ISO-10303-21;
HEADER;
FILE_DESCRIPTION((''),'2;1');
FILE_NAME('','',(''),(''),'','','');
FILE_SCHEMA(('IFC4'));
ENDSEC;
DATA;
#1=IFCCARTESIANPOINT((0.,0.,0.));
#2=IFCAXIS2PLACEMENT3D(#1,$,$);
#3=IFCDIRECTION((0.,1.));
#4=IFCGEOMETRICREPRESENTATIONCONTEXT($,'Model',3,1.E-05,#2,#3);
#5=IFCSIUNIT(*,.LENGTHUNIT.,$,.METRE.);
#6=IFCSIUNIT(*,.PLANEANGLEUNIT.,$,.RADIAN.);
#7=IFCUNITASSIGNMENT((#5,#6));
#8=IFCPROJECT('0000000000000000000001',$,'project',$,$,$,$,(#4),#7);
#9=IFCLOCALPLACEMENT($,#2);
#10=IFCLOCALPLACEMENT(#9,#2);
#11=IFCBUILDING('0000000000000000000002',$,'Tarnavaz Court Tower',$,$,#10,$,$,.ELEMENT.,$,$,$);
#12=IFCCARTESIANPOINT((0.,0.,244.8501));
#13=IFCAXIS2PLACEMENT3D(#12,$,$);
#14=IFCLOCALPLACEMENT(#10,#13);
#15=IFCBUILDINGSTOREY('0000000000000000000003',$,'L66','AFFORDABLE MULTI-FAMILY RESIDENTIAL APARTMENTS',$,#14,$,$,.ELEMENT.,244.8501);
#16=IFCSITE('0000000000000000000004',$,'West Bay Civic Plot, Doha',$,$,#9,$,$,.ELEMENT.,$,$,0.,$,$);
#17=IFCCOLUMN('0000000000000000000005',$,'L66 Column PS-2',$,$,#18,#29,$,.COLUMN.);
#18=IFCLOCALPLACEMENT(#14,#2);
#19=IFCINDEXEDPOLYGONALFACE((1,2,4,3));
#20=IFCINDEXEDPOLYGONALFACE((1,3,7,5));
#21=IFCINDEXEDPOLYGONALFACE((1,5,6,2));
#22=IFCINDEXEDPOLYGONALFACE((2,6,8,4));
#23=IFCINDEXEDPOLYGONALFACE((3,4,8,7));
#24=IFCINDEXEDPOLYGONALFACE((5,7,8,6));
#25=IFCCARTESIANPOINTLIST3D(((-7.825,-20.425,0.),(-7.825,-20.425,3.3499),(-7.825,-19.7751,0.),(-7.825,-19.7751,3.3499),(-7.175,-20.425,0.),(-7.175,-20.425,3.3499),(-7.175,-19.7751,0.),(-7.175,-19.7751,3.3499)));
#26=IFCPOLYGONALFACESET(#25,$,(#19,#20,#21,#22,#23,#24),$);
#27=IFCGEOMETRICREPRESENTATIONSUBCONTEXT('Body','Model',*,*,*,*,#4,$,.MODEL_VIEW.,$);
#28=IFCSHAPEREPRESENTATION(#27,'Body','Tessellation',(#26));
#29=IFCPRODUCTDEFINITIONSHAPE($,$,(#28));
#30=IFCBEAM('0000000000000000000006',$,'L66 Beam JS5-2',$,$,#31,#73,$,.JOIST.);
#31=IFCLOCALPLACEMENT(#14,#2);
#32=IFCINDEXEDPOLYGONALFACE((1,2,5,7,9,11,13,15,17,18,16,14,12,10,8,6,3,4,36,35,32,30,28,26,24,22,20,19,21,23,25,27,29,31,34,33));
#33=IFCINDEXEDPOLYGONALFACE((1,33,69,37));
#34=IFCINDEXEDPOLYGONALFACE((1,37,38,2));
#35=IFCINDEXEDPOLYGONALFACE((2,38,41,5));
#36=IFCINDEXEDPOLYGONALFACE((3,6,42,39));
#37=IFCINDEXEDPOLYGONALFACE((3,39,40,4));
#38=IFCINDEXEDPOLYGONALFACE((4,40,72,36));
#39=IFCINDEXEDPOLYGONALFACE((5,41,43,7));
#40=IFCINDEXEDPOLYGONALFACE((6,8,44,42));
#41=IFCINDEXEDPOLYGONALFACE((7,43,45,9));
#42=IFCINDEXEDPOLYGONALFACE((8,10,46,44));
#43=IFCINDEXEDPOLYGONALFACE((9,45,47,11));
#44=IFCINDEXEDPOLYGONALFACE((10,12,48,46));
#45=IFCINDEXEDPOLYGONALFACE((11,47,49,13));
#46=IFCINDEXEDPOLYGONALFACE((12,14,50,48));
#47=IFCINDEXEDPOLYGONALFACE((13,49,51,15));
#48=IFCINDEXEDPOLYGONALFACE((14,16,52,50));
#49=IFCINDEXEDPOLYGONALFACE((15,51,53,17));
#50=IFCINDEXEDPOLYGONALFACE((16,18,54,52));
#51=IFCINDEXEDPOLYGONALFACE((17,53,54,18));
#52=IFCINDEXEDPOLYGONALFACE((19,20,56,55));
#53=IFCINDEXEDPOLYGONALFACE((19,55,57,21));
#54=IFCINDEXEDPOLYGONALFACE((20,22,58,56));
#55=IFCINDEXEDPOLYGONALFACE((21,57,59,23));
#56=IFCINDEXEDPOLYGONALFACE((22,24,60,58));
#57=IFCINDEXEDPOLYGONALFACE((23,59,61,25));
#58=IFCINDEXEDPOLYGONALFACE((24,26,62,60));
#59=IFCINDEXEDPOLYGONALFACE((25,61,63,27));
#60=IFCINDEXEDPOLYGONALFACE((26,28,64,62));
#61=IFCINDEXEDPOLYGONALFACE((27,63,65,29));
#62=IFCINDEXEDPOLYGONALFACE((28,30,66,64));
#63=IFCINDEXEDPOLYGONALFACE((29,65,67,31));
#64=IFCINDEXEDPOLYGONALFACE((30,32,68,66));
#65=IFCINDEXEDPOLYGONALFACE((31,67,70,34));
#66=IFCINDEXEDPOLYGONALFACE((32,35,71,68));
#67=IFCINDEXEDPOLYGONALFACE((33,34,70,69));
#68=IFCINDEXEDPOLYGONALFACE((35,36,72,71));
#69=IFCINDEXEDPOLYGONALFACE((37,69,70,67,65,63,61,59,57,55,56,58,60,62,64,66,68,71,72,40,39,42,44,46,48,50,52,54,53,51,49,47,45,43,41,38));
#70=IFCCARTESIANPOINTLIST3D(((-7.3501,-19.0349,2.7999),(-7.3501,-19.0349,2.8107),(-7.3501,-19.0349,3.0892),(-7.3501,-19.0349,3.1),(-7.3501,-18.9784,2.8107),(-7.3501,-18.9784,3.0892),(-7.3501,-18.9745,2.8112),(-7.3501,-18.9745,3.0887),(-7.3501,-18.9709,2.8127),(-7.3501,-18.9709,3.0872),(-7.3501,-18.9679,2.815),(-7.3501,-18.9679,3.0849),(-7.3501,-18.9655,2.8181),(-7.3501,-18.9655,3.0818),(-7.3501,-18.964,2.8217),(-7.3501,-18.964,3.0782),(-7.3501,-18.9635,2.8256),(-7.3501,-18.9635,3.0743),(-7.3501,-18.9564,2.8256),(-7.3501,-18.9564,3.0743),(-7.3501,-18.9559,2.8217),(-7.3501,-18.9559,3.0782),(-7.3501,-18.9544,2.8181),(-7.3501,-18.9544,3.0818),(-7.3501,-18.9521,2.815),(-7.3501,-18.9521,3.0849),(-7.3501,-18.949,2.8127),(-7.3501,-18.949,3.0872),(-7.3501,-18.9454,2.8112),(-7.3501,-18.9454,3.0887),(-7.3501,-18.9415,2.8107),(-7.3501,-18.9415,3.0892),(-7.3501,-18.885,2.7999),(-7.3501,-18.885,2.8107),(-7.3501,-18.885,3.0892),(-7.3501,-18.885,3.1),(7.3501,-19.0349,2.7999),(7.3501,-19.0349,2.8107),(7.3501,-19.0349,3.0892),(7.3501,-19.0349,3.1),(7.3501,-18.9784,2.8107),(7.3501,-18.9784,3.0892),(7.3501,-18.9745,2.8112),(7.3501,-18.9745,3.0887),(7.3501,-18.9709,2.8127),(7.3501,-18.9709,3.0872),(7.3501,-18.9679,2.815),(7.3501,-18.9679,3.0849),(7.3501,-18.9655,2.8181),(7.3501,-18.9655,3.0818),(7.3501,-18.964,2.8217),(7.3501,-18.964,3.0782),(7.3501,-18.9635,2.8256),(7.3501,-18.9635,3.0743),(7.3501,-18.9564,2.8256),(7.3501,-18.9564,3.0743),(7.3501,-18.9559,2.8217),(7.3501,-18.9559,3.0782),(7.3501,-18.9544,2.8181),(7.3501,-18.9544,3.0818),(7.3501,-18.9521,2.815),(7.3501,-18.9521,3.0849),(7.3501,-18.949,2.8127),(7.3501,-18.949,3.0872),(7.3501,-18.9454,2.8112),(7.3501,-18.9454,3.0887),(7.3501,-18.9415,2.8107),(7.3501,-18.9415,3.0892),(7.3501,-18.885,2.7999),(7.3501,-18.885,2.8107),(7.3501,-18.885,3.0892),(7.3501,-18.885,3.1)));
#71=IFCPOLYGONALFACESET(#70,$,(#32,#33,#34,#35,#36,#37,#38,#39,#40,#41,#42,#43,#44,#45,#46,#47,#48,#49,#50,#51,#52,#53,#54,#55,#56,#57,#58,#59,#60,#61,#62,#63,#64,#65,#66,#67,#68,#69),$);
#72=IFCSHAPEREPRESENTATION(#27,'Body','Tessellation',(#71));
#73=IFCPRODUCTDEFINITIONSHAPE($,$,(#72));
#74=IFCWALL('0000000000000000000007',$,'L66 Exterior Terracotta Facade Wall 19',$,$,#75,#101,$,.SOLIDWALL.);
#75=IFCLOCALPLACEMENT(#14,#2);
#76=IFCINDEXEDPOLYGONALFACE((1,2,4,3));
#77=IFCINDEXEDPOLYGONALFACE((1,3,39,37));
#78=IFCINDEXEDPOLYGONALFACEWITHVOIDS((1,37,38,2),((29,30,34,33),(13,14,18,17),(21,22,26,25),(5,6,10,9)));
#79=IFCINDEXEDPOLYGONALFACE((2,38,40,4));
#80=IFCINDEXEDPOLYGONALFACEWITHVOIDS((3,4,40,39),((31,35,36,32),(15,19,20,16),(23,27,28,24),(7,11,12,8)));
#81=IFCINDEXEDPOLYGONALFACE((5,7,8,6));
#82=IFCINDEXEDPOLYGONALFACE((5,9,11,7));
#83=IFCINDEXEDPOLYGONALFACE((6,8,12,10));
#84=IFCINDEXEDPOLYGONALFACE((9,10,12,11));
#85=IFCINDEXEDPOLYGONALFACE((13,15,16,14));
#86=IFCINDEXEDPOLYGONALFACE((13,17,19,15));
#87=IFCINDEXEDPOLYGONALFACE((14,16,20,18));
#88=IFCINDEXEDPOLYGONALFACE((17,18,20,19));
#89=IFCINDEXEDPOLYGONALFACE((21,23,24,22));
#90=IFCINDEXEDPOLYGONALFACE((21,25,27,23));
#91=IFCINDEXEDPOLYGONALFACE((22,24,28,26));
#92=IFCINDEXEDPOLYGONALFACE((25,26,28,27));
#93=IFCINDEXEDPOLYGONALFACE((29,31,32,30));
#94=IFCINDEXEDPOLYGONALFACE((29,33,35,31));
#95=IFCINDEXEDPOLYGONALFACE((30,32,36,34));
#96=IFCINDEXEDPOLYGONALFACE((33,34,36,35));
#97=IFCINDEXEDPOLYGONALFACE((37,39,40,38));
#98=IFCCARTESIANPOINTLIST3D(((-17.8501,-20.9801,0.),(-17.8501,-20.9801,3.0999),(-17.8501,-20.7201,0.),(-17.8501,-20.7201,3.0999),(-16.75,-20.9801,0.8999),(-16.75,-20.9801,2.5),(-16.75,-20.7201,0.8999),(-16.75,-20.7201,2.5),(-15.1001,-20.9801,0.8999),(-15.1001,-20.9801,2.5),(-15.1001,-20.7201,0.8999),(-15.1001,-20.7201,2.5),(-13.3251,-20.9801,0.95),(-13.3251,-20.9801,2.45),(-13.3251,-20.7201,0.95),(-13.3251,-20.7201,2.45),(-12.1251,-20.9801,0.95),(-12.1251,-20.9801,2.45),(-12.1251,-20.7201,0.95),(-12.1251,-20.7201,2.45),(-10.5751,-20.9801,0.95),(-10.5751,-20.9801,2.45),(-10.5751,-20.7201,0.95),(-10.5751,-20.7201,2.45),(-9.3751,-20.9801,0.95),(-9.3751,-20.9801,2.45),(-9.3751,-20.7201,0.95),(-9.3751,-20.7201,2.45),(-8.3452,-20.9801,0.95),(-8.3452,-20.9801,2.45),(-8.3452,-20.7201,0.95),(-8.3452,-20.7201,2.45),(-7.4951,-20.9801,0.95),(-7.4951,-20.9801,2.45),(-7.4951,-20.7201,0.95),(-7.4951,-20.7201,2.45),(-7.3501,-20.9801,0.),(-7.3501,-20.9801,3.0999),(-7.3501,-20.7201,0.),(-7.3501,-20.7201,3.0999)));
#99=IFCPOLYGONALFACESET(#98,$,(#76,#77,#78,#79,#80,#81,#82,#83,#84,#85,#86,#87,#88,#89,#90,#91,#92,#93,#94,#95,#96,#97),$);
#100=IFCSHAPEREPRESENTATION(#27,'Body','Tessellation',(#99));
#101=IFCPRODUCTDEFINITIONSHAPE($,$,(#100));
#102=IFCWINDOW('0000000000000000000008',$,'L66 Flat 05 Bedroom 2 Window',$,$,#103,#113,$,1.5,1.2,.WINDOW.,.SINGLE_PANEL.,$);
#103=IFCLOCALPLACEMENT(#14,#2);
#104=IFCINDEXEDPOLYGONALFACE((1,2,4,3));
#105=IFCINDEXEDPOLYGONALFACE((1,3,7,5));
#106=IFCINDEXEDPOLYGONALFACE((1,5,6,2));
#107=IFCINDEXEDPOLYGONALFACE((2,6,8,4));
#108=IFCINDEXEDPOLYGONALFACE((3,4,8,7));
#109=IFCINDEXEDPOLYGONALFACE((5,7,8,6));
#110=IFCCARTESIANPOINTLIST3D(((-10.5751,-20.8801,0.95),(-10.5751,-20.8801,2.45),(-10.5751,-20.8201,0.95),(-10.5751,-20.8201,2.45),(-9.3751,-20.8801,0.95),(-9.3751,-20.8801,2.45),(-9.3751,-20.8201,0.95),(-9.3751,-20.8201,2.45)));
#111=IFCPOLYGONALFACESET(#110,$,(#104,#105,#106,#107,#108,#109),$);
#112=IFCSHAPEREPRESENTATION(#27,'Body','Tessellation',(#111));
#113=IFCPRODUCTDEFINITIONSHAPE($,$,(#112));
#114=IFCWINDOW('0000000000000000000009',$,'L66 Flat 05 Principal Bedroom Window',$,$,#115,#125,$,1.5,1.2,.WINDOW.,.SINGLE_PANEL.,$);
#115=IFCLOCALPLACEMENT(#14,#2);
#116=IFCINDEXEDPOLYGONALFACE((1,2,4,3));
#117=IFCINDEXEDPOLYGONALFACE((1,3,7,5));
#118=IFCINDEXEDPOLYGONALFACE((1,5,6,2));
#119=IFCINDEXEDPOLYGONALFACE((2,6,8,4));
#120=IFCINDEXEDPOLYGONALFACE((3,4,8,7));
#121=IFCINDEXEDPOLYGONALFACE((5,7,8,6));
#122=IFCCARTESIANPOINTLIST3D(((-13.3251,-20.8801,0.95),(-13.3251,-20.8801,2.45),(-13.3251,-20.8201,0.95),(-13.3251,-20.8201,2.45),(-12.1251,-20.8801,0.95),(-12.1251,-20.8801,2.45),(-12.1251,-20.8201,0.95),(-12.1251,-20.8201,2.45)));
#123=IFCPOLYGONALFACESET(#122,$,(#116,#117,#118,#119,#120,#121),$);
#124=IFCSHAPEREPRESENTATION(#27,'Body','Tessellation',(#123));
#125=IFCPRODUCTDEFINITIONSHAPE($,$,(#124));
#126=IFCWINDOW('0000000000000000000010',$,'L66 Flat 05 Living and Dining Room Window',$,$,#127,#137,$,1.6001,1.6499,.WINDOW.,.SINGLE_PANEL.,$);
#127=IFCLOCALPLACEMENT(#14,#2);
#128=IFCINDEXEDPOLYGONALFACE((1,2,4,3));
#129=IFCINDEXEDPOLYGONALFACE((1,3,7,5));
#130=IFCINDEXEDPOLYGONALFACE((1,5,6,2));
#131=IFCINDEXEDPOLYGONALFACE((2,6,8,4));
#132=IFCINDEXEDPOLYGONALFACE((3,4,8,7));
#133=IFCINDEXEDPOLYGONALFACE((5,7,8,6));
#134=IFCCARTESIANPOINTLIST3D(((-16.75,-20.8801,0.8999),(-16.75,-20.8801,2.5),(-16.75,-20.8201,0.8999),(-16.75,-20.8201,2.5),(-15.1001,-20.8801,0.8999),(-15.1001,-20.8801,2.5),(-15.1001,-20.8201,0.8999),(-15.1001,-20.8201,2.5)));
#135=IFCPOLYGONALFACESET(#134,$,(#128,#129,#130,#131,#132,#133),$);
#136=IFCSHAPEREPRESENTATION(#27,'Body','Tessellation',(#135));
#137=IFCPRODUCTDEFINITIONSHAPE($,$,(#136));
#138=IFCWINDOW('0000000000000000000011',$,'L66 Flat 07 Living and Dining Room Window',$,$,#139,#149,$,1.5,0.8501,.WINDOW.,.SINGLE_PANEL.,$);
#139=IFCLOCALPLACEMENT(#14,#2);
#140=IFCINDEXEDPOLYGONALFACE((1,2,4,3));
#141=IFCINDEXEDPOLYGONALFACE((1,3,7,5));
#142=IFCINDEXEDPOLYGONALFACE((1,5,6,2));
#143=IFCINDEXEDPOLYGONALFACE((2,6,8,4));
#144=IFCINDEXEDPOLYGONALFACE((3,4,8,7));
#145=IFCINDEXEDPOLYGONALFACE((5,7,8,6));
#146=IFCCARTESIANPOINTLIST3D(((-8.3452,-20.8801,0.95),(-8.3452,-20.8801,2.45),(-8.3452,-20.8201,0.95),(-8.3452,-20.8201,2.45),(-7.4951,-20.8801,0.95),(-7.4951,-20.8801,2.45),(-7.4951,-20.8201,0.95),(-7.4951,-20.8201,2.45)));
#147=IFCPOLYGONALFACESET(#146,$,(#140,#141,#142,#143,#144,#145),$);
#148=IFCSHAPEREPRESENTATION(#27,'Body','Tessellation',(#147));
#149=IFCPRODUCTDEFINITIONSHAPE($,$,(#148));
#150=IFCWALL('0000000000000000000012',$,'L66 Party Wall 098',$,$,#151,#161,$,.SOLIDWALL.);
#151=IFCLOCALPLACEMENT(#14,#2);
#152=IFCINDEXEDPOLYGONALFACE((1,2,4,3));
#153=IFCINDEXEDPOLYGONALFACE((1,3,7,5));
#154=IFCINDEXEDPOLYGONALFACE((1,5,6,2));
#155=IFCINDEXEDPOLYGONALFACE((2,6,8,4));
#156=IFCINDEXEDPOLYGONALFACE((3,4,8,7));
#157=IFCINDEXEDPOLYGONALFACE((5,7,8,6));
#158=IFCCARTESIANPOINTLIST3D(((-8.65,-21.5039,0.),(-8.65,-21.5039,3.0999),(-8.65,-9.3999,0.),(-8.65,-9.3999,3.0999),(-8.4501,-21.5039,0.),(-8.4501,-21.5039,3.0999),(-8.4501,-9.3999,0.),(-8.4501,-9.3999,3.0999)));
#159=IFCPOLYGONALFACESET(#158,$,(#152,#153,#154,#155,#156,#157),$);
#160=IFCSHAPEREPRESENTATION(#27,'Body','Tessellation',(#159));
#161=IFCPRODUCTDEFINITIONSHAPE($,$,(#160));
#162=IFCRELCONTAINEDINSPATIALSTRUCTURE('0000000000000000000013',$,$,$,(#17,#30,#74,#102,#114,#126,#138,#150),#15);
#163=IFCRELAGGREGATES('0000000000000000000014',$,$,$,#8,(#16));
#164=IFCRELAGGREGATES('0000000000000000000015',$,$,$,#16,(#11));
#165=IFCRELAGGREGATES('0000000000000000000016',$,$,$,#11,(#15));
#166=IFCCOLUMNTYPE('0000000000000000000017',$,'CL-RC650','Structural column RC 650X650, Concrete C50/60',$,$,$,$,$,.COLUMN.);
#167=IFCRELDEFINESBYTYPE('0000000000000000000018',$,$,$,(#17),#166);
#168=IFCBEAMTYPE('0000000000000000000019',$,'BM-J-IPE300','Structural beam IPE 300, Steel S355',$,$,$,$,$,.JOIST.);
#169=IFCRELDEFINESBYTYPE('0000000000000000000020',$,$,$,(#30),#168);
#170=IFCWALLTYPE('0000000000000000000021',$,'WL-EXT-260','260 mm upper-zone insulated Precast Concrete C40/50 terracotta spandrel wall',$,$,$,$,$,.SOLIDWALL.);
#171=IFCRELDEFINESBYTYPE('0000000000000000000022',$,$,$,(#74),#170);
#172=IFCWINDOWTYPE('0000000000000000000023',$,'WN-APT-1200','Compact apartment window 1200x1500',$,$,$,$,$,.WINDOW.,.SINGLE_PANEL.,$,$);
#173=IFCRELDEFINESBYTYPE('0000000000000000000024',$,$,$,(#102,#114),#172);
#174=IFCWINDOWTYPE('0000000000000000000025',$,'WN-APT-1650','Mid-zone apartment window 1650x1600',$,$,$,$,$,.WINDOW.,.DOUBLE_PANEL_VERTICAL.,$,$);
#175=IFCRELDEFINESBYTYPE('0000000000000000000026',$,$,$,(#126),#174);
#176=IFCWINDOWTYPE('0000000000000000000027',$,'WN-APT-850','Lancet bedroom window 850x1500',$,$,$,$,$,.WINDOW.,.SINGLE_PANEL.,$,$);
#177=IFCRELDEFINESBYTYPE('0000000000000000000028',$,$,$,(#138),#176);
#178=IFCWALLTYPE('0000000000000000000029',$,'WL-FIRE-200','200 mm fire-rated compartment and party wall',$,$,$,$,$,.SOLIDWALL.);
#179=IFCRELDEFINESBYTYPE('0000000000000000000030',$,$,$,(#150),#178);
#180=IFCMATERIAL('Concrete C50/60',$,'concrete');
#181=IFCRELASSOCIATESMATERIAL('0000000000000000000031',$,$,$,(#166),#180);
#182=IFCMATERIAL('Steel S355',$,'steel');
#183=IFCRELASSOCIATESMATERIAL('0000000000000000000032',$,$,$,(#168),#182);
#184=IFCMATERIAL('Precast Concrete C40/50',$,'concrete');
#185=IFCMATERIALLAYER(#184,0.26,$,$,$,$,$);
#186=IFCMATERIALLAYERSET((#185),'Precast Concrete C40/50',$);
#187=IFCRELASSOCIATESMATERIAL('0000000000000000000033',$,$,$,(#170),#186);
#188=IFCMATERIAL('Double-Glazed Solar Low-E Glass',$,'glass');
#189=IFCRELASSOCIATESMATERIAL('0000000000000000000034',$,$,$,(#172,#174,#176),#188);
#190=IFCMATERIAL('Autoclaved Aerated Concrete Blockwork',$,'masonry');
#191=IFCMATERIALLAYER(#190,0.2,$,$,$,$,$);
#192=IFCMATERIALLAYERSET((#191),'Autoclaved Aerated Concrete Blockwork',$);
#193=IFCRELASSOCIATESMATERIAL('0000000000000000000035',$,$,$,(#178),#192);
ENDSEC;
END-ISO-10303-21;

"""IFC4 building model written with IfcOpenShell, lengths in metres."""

from ifc_helpers import new_model, si_unit, direction, frame, frame_2d, origin, origin_2d, place, context, subcontext, project, spatial, rectangle, i_section, extrude, material, layer, layer_set, material_profile, profile_set, type_object, element, fill, save


model = new_model("IFC4")

# Units and contexts
model_context = context("Model", 3, precision=1e-05, world=origin(), true_north=direction((0.0, 1.0)))
body_context = subcontext(model_context, "Body", "Model", "MODEL_VIEW")
ifc_project = project(units=[si_unit("LENGTHUNIT", "METRE"), si_unit("PLANEANGLEUNIT", "RADIAN")], contexts=[model_context])

# Site, building, storey
site_placement = place(None, origin())
site = spatial("IfcSite", under=ifc_project, at=site_placement, Name="West Bay Civic Plot, Doha", CompositionType="ELEMENT", RefElevation=0.0)
building_placement = place(site_placement, origin())
building = spatial("IfcBuilding", under=site, at=building_placement, Name="Tarnavaz Court Tower", CompositionType="ELEMENT")
storey_placement = place(building_placement, frame((0.0, 0.0, 244.8501)))
storey = spatial("IfcBuildingStorey", under=building, at=storey_placement, Name="L66", Description="AFFORDABLE MULTI-FAMILY RESIDENTIAL APARTMENTS", CompositionType="ELEMENT", Elevation=244.8501)

# Column
ifc_material_1 = material(Name="Concrete C50/60", Category="concrete")
ifc_material_profile_1 = material_profile(ifc_material_1, rectangle(XDim=0.6499, YDim=0.6499, at=origin_2d()), Name="RC 650X650")
ifc_profile_set_1 = profile_set([ifc_material_profile_1], Name="Concrete C50/60")
column_type = type_object("IfcColumnType", Name="CL-RC650", Description="Structural column RC 650X650, Concrete C50/60", PredefinedType="COLUMN", material=ifc_profile_set_1)
column_placement = place(storey_placement, frame((-7.5, -20.1001, 0.0), z_axis=(0.0, 0.0, 1.0), x_axis=(1.0, 0.0, 0.0)))
element("IfcColumn", 1, at=column_placement, inside=storey, type_object=column_type, Name="L66 Column PS-2", PredefinedType="COLUMN", context=body_context, shape_type="SweptSolid", body=[
    extrude(rectangle(XDim=0.6499, YDim=0.6499, at=origin_2d()), origin(), (0.0, 0.0, 1.0), 3.3499),
])

# Beam
ifc_material_2 = material(Name="Steel S355", Category="steel")
ifc_material_profile_2 = material_profile(ifc_material_2, i_section(OverallWidth=0.1499, OverallDepth=0.3, WebThickness=0.0071, FlangeThickness=0.0107, FilletRadius=0.0149, at=origin_2d()), Name="IPE 300")
ifc_profile_set_2 = profile_set([ifc_material_profile_2], Name="Steel S355")
beam_type = type_object("IfcBeamType", Name="BM-J-IPE300", Description="Structural beam IPE 300, Steel S355", PredefinedType="JOIST", material=ifc_profile_set_2)
beam_placement = place(storey_placement, frame((-7.3501, -18.96, 2.95), z_axis=(1.0, 0.0, 0.0), x_axis=(0.0, 1.0, 0.0)))
element("IfcBeam", 2, at=beam_placement, inside=storey, type_object=beam_type, Name="L66 Beam JS5-2", PredefinedType="JOIST", context=body_context, shape_type="SweptSolid", body=[
    extrude(i_section(OverallWidth=0.1499, OverallDepth=0.3, WebThickness=0.0071, FlangeThickness=0.0107, FilletRadius=0.0149, at=origin_2d()), origin(), (0.0, 0.0, 1.0), 14.7002),
])

# Wall, openings, windows
ifc_material_3 = material(Name="Precast Concrete C40/50", Category="concrete")
ifc_layer_1 = layer(ifc_material_3, 0.26)
ifc_layer_set_1 = layer_set([ifc_layer_1], Name="Precast Concrete C40/50")
wall_type_1 = type_object("IfcWallType", Name="WL-EXT-260", Description="260 mm upper-zone insulated Precast Concrete C40/50 terracotta spandrel wall", PredefinedType="SOLIDWALL", material=ifc_layer_set_1)
wall_1_placement = place(storey_placement, frame((-7.3501, -20.8501, 0.0), z_axis=(0.0, 0.0, 1.0), x_axis=(-1.0, 0.0, 0.0)))
wall_1 = element("IfcWall", 3, at=wall_1_placement, inside=storey, type_object=wall_type_1, Name="L66 Exterior Terracotta Facade Wall 19", PredefinedType="SOLIDWALL", context=body_context, shape_type="SweptSolid", body=[
    extrude(rectangle(XDim=10.5, YDim=0.26, at=frame_2d((5.25, 0.0))), origin(), (0.0, 0.0, 1.0), 3.0999),
])
opening_1_placement = place(wall_1_placement, frame((0.145, 0.0, 0.95)))
opening_1 = element("IfcOpeningElement", 4, at=opening_1_placement, cuts=wall_1, PredefinedType="OPENING", context=body_context, shape_type="SweptSolid", body=[
    extrude(rectangle(XDim=0.8501, YDim=1.5, at=frame_2d((0.425, 0.75))), frame((0.0, 0.1399, 0.0), z_axis=(0.0, -1.0, 0.0), x_axis=(1.0, 0.0, 0.0)), (0.0, 0.0, 1.0), 0.28),
])
opening_2_placement = place(wall_1_placement, frame((2.0249, 0.0, 0.95)))
opening_2 = element("IfcOpeningElement", 5, at=opening_2_placement, cuts=wall_1, PredefinedType="OPENING", context=body_context, shape_type="SweptSolid", body=[
    extrude(rectangle(XDim=1.2, YDim=1.5, at=frame_2d((0.6001, 0.75))), frame((0.0, 0.1399, 0.0), z_axis=(0.0, -1.0, 0.0), x_axis=(1.0, 0.0, 0.0)), (0.0, 0.0, 1.0), 0.28),
])
opening_3_placement = place(wall_1_placement, frame((4.7749, 0.0, 0.95)))
opening_3 = element("IfcOpeningElement", 6, at=opening_3_placement, cuts=wall_1, PredefinedType="OPENING", context=body_context, shape_type="SweptSolid", body=[
    extrude(rectangle(XDim=1.2, YDim=1.5, at=frame_2d((0.6001, 0.75))), frame((0.0, 0.1399, 0.0), z_axis=(0.0, -1.0, 0.0), x_axis=(1.0, 0.0, 0.0)), (0.0, 0.0, 1.0), 0.28),
])
opening_4_placement = place(wall_1_placement, frame((7.75, 0.0, 0.8999)))
opening_4 = element("IfcOpeningElement", 7, at=opening_4_placement, cuts=wall_1, PredefinedType="OPENING", context=body_context, shape_type="SweptSolid", body=[
    extrude(rectangle(XDim=1.6499, YDim=1.6001, at=frame_2d((0.825, 0.8))), frame((0.0, 0.1399, 0.0), z_axis=(0.0, -1.0, 0.0), x_axis=(1.0, 0.0, 0.0)), (0.0, 0.0, 1.0), 0.28),
])
ifc_material_4 = material(Name="Double-Glazed Solar Low-E Glass", Category="glass")
window_type_1 = type_object("IfcWindowType", Name="WN-APT-1200", Description="Compact apartment window 1200x1500", PartitioningType="SINGLE_PANEL", PredefinedType="WINDOW", material=ifc_material_4)
window_1_placement = place(opening_2_placement, origin())
window_1 = element("IfcWindow", 8, at=window_1_placement, inside=storey, type_object=window_type_1, Name="L66 Flat 05 Bedroom 2 Window", OverallHeight=1.5, OverallWidth=1.2, PartitioningType="SINGLE_PANEL", PredefinedType="WINDOW", context=body_context, shape_type="SweptSolid", body=[
    extrude(rectangle(XDim=1.2, YDim=1.5, at=frame_2d((0.6001, 0.75))), frame((0.0, 0.03, 0.0), z_axis=(0.0, -1.0, 0.0), x_axis=(1.0, 0.0, 0.0)), (0.0, 0.0, 1.0), 0.0601),
])
fill(opening_2, window_1)
window_2_placement = place(opening_3_placement, origin())
window_2 = element("IfcWindow", 9, at=window_2_placement, inside=storey, type_object=window_type_1, Name="L66 Flat 05 Principal Bedroom Window", OverallHeight=1.5, OverallWidth=1.2, PartitioningType="SINGLE_PANEL", PredefinedType="WINDOW", context=body_context, shape_type="SweptSolid", body=[
    extrude(rectangle(XDim=1.2, YDim=1.5, at=frame_2d((0.6001, 0.75))), frame((0.0, 0.03, 0.0), z_axis=(0.0, -1.0, 0.0), x_axis=(1.0, 0.0, 0.0)), (0.0, 0.0, 1.0), 0.0601),
])
fill(opening_3, window_2)
window_type_2 = type_object("IfcWindowType", Name="WN-APT-1650", Description="Mid-zone apartment window 1650x1600", PartitioningType="DOUBLE_PANEL_VERTICAL", PredefinedType="WINDOW", material=ifc_material_4)
window_3_placement = place(opening_4_placement, origin())
window_3 = element("IfcWindow", 10, at=window_3_placement, inside=storey, type_object=window_type_2, Name="L66 Flat 05 Living and Dining Room Window", OverallHeight=1.6001, OverallWidth=1.6499, PartitioningType="SINGLE_PANEL", PredefinedType="WINDOW", context=body_context, shape_type="SweptSolid", body=[
    extrude(rectangle(XDim=1.6499, YDim=1.6001, at=frame_2d((0.825, 0.8))), frame((0.0, 0.03, 0.0), z_axis=(0.0, -1.0, 0.0), x_axis=(1.0, 0.0, 0.0)), (0.0, 0.0, 1.0), 0.0601),
])
fill(opening_4, window_3)
window_type_3 = type_object("IfcWindowType", Name="WN-APT-850", Description="Lancet bedroom window 850x1500", PartitioningType="SINGLE_PANEL", PredefinedType="WINDOW", material=ifc_material_4)
window_4_placement = place(opening_1_placement, origin())
window_4 = element("IfcWindow", 11, at=window_4_placement, inside=storey, type_object=window_type_3, Name="L66 Flat 07 Living and Dining Room Window", OverallHeight=1.5, OverallWidth=0.8501, PartitioningType="SINGLE_PANEL", PredefinedType="WINDOW", context=body_context, shape_type="SweptSolid", body=[
    extrude(rectangle(XDim=0.8501, YDim=1.5, at=frame_2d((0.425, 0.75))), frame((0.0, 0.03, 0.0), z_axis=(0.0, -1.0, 0.0), x_axis=(1.0, 0.0, 0.0)), (0.0, 0.0, 1.0), 0.0601),
])
fill(opening_1, window_4)

# Wall
ifc_material_5 = material(Name="Autoclaved Aerated Concrete Blockwork", Category="masonry")
ifc_layer_2 = layer(ifc_material_5, 0.2)
ifc_layer_set_2 = layer_set([ifc_layer_2], Name="Autoclaved Aerated Concrete Blockwork")
wall_type_2 = type_object("IfcWallType", Name="WL-FIRE-200", Description="200 mm fire-rated compartment and party wall", PredefinedType="SOLIDWALL", material=ifc_layer_set_2)
wall_2_placement = place(storey_placement, frame((-8.55, -21.5039, 0.0), z_axis=(0.0, 0.0, 1.0), x_axis=(0.0, 1.0, 0.0)))
element("IfcWall", 12, at=wall_2_placement, inside=storey, type_object=wall_type_2, Name="L66 Party Wall 098", PredefinedType="SOLIDWALL", context=body_context, shape_type="SweptSolid", body=[
    extrude(rectangle(XDim=12.104, YDim=0.2, at=frame_2d((6.052, 0.0))), origin(), (0.0, 0.0, 1.0), 3.0999),
])

save(model, "model.ifc")
